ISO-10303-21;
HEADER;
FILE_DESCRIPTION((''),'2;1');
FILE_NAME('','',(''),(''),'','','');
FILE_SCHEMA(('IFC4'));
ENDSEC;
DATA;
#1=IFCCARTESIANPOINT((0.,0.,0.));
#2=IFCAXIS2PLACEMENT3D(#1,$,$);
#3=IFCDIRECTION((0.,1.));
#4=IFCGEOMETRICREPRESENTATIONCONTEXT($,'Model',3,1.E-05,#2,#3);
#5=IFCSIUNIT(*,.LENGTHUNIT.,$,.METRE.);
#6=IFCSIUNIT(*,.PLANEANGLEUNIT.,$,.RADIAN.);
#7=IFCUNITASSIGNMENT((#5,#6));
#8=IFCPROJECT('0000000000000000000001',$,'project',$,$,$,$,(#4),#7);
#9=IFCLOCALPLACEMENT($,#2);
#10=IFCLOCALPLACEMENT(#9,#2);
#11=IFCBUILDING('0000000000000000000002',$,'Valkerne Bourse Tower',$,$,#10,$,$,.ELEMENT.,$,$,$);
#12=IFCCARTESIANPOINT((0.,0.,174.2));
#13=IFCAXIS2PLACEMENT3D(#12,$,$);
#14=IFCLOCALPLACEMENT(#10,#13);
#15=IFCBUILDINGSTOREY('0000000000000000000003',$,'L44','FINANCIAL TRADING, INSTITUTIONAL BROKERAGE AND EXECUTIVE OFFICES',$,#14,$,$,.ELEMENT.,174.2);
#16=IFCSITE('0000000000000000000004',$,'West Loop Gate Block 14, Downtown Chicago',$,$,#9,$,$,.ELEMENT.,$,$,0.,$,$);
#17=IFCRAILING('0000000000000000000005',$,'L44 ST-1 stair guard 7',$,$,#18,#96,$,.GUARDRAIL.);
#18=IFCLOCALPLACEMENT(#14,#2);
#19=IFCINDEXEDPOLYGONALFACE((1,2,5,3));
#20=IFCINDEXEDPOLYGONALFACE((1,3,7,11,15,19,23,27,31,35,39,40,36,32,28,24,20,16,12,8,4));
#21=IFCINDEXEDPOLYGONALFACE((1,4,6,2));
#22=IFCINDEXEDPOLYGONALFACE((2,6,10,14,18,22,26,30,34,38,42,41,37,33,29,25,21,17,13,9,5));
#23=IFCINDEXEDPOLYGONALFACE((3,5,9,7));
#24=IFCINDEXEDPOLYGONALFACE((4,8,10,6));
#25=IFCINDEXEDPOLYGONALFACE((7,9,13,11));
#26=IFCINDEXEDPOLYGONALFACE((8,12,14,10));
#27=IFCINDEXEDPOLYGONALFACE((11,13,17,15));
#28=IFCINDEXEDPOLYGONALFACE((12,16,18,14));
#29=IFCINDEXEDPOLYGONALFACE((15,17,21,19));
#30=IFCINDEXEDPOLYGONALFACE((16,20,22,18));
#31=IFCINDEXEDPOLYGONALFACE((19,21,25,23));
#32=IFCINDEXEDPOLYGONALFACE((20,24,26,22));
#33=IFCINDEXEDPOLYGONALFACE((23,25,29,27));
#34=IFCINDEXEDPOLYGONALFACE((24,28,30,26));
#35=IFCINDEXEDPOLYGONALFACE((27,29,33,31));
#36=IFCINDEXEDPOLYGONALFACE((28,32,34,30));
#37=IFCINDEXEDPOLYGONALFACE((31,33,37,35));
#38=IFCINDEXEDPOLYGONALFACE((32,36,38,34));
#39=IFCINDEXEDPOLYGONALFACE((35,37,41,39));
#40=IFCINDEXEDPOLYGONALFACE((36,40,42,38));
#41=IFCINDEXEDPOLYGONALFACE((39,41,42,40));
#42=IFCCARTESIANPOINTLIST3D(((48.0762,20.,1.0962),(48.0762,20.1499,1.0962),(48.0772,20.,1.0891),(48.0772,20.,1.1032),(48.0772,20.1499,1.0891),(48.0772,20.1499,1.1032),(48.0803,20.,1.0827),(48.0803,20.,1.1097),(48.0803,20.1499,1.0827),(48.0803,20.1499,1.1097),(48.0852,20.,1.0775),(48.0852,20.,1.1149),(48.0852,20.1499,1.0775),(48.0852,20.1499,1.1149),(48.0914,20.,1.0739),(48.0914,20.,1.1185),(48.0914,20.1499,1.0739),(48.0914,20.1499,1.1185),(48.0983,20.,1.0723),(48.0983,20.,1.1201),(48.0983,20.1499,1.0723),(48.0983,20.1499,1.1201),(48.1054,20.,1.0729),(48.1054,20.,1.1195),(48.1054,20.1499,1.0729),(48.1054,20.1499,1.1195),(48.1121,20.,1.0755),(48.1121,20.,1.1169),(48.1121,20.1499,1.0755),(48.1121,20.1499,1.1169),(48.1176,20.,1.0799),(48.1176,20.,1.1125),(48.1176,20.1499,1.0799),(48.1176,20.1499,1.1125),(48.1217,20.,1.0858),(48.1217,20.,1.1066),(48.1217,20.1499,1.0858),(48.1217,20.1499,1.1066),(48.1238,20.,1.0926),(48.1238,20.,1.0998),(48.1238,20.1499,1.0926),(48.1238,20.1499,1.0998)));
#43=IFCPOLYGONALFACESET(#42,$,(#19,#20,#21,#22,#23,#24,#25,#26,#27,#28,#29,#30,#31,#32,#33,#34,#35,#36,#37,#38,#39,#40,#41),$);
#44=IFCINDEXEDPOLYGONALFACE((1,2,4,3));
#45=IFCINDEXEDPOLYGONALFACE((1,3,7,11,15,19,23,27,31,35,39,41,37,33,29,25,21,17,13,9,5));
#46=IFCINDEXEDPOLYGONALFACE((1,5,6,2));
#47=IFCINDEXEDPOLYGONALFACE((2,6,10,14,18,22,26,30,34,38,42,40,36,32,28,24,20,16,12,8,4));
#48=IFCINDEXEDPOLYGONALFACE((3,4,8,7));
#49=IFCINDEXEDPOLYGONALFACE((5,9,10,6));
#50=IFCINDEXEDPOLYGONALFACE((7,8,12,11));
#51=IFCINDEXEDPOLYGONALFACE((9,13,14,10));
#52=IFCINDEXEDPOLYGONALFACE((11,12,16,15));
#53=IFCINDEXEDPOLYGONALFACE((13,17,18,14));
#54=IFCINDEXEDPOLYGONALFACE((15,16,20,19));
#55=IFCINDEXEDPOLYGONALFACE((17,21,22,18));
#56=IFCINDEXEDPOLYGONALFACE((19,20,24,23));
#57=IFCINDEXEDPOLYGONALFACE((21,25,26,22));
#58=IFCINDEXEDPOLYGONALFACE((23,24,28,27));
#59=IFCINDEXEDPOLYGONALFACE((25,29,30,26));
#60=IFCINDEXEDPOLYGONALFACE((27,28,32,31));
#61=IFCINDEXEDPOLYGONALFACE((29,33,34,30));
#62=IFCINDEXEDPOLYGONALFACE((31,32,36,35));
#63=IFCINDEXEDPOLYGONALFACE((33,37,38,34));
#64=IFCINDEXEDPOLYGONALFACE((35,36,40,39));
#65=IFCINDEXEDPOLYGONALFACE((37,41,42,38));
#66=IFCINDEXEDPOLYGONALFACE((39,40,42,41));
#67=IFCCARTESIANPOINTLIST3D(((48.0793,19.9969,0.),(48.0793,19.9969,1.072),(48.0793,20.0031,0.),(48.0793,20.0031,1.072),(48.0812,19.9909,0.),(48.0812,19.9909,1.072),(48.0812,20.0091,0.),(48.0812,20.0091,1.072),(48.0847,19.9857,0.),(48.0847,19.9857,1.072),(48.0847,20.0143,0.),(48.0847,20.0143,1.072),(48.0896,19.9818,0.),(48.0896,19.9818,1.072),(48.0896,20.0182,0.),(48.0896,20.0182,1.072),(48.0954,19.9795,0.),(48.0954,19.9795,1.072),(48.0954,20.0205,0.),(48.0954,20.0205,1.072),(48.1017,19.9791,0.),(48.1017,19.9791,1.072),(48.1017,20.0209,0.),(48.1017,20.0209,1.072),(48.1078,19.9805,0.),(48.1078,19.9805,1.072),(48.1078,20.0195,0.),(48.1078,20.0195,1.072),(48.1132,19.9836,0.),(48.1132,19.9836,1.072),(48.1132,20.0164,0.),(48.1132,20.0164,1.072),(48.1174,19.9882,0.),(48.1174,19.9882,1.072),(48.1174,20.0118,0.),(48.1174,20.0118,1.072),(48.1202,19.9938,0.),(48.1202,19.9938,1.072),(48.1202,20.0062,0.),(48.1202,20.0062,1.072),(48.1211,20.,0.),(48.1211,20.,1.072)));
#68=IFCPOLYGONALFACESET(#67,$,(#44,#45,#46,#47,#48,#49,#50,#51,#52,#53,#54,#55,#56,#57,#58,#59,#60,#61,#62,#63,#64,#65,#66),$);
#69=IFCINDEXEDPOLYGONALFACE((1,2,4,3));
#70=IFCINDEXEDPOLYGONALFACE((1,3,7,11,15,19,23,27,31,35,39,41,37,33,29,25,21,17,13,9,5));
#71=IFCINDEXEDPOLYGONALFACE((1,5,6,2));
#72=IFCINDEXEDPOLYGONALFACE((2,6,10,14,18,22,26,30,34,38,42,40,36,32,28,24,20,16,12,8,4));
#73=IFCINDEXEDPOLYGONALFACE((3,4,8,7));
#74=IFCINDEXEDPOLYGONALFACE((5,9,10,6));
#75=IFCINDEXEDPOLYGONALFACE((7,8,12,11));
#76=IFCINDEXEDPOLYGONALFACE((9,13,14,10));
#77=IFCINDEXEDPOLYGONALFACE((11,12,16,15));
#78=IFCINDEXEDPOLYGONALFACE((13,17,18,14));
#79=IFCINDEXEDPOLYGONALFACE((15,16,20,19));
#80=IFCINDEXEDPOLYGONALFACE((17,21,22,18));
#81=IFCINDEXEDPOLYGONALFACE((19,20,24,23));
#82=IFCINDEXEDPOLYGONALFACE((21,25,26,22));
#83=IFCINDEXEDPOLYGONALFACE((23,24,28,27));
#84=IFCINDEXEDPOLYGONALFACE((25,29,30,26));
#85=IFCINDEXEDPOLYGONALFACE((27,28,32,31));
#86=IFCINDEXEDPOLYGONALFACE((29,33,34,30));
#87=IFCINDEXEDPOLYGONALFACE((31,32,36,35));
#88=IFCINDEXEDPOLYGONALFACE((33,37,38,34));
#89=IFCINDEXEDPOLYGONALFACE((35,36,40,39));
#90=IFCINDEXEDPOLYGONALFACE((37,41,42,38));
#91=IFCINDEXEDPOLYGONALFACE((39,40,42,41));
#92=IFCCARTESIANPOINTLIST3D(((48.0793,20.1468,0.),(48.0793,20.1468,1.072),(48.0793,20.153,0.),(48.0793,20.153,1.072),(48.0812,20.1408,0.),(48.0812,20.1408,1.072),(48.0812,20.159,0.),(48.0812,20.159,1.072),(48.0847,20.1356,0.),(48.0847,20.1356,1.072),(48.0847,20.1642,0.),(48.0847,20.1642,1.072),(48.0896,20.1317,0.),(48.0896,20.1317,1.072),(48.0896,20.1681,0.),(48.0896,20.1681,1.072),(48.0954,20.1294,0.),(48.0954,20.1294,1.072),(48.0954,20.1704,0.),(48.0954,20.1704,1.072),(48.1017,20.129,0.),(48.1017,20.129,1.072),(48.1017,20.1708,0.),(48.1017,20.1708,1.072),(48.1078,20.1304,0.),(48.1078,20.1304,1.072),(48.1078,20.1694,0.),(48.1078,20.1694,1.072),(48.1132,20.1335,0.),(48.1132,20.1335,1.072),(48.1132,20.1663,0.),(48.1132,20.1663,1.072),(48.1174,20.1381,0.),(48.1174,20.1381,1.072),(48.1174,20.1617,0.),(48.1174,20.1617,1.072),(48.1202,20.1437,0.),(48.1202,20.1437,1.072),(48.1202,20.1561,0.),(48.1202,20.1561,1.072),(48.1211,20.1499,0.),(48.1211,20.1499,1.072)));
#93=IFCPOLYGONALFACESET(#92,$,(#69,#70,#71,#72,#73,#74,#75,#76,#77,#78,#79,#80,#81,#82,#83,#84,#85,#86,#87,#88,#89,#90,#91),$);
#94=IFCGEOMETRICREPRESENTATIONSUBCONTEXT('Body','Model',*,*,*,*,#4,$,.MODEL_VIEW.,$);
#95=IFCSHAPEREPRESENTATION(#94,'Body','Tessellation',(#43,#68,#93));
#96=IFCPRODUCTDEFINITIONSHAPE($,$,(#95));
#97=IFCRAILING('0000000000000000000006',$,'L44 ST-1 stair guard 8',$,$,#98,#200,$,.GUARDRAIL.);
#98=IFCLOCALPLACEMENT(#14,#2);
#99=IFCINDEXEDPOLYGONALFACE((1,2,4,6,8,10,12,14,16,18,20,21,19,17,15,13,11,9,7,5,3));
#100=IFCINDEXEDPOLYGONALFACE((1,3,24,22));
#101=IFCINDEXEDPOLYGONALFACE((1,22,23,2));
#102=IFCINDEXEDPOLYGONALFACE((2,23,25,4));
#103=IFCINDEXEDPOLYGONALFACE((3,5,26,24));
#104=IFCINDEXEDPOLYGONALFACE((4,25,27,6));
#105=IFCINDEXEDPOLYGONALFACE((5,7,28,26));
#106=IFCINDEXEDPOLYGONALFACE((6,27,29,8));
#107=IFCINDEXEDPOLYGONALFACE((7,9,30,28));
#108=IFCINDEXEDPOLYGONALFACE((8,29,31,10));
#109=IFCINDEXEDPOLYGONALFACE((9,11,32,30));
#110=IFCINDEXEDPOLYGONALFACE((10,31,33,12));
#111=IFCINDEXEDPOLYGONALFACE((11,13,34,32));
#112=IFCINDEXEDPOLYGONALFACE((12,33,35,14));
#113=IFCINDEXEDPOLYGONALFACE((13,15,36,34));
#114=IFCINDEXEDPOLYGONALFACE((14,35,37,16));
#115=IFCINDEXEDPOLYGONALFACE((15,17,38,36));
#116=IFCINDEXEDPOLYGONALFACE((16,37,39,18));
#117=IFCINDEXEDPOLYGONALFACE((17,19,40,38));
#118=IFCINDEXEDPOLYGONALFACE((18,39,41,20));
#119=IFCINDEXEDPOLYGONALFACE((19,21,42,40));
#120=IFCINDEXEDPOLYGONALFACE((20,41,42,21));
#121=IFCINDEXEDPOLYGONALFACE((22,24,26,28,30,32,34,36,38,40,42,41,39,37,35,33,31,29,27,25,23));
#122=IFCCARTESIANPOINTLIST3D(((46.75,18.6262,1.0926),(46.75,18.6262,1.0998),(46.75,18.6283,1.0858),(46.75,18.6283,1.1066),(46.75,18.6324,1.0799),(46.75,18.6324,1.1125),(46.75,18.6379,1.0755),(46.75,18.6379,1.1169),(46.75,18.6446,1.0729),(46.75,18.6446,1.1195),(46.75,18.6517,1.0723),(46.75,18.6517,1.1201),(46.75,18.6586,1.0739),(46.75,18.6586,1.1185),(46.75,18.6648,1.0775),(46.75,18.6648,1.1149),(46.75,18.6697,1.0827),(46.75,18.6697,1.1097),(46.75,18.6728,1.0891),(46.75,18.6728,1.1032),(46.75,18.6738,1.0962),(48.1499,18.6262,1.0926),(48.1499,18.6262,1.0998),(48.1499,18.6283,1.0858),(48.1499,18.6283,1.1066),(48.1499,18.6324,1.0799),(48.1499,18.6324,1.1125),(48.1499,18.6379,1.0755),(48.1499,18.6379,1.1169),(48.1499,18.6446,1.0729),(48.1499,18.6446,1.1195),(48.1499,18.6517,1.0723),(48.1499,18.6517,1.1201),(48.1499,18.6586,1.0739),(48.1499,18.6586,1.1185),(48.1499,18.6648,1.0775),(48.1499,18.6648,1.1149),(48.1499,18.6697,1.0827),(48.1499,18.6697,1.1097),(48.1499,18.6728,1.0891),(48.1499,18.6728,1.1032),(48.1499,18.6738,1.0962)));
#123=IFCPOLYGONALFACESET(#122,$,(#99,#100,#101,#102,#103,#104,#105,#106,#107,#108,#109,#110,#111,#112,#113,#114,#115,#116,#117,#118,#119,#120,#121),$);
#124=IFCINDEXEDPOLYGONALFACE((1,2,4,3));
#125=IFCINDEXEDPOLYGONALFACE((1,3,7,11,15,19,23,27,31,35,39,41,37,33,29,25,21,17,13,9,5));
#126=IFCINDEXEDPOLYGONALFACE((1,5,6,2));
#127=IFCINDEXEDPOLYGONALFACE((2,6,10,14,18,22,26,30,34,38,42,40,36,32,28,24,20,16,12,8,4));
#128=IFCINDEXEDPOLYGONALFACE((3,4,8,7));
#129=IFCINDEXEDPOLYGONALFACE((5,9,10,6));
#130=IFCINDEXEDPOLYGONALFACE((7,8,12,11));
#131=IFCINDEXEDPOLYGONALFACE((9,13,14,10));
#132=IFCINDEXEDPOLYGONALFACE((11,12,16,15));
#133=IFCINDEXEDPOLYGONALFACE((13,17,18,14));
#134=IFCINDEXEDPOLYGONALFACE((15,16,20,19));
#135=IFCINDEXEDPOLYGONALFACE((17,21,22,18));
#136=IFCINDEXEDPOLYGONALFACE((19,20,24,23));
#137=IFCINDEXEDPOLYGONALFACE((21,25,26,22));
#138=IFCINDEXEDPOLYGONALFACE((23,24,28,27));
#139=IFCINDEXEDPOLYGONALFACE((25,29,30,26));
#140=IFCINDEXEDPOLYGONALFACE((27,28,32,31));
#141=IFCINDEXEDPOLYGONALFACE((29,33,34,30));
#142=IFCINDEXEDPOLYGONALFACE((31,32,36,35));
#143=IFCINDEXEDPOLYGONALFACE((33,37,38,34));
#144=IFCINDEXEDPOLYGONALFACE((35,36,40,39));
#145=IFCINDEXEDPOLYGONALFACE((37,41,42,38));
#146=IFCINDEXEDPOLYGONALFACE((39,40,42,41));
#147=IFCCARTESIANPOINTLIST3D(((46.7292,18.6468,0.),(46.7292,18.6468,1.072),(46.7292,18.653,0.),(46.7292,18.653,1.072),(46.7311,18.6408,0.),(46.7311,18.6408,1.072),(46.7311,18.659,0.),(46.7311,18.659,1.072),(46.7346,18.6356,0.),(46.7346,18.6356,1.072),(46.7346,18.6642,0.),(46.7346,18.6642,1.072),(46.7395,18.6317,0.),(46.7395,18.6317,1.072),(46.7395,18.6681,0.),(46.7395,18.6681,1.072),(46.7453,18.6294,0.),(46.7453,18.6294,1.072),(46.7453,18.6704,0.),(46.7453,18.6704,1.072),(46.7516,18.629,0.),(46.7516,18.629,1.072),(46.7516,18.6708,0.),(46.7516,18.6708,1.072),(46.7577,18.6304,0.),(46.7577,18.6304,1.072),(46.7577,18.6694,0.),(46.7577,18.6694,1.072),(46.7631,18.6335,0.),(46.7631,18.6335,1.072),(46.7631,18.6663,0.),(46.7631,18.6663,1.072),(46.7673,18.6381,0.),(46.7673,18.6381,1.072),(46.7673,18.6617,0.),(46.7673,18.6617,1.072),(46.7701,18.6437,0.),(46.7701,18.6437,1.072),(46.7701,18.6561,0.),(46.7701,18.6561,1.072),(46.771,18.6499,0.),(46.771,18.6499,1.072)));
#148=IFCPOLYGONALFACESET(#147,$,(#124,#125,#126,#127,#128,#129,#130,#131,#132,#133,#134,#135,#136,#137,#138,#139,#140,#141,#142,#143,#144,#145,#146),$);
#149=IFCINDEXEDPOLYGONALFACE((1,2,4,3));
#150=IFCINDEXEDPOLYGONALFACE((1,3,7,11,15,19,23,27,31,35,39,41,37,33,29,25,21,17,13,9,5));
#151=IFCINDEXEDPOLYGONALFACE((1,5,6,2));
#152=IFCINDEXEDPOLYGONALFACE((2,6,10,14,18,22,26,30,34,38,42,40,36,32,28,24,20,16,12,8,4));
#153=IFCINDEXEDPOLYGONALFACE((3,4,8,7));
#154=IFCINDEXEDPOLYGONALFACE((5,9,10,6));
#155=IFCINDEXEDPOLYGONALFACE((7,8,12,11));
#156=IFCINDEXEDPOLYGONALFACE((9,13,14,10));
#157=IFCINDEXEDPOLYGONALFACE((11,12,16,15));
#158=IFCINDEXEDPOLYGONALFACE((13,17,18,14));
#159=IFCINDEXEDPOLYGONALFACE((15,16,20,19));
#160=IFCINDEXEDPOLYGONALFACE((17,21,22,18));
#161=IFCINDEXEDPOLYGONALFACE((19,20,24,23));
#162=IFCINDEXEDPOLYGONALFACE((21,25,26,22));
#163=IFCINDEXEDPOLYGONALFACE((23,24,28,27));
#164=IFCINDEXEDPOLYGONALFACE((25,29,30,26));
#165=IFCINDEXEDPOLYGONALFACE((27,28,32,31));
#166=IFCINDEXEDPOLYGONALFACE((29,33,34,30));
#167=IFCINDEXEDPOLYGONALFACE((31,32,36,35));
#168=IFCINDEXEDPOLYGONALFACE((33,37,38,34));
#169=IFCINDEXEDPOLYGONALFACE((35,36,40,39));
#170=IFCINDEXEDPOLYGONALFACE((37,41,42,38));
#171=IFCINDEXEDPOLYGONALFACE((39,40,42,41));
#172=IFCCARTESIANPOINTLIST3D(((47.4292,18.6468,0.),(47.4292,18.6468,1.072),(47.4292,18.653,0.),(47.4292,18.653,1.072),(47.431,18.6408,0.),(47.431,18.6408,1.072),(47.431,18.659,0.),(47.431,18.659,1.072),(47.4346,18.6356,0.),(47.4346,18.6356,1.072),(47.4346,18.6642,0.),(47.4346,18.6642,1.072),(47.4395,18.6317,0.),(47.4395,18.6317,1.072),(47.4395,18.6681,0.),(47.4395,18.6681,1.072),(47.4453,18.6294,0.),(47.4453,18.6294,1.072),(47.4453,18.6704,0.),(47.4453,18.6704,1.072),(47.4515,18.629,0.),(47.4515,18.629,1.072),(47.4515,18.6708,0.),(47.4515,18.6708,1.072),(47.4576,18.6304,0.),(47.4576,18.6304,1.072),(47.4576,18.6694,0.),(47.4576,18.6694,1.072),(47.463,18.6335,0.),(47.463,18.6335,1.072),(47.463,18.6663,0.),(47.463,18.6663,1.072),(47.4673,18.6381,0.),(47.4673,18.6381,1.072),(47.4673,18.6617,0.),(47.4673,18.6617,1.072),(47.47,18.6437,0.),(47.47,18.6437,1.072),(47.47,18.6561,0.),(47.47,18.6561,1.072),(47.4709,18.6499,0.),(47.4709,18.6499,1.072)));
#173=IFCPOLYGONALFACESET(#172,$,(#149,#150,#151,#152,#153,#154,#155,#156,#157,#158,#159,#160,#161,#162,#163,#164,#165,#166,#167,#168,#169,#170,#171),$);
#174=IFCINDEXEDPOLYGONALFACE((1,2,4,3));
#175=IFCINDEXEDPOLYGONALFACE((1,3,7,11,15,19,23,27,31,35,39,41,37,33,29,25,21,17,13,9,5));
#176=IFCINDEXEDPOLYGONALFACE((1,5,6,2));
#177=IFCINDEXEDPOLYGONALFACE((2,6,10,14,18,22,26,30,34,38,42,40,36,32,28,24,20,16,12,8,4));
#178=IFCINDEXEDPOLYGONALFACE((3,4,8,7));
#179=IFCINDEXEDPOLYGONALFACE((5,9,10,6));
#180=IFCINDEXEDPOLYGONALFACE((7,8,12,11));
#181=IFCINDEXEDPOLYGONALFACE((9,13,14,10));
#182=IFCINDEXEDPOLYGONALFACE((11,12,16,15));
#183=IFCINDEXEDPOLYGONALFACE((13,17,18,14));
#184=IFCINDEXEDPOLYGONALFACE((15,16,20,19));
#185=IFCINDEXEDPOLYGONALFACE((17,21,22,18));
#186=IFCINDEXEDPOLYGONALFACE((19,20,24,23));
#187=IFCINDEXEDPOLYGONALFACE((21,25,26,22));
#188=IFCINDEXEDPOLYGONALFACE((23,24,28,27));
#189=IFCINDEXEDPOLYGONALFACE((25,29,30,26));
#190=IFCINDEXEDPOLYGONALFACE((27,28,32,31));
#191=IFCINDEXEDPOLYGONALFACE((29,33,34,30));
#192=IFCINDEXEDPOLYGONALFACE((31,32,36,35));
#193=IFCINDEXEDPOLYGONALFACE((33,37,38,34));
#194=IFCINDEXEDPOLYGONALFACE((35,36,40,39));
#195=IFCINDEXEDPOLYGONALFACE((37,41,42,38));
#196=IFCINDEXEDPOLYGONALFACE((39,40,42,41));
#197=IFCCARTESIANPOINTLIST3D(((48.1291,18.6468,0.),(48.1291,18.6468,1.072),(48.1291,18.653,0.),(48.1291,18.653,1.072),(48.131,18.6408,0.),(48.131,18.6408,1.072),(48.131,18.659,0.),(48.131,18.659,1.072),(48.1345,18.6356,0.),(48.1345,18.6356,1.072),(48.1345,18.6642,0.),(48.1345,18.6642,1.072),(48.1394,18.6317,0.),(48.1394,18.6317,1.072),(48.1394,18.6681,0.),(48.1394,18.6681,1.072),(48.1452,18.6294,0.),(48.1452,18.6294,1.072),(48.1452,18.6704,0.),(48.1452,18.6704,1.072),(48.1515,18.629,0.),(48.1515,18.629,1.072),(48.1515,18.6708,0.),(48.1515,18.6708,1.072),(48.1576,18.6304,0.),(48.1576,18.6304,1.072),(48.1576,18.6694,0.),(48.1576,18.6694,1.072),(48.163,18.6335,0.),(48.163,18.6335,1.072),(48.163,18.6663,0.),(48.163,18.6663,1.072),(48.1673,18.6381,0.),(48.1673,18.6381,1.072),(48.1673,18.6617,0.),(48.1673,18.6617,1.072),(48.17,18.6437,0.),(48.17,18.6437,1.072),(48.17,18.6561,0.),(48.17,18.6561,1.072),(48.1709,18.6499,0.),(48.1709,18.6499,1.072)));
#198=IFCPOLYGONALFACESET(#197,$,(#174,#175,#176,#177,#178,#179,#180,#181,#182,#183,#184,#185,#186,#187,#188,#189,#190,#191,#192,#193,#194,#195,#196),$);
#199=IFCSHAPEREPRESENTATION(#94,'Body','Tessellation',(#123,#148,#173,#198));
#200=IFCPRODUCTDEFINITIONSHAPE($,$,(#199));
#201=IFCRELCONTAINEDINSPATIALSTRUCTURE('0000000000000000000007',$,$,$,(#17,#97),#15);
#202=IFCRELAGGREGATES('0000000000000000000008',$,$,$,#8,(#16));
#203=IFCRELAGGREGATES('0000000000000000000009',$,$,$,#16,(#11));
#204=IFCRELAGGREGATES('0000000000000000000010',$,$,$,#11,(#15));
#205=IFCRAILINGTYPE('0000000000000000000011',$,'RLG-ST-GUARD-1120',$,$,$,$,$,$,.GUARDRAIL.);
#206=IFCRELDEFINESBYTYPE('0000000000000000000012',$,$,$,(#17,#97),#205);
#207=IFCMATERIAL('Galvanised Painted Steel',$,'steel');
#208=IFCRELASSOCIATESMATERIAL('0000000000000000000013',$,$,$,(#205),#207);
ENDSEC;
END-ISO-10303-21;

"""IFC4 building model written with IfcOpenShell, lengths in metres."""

from ifc_helpers import new_model, si_unit, direction, frame, origin, origin_2d, place, context, subcontext, project, spatial, circle, extrude, material, type_object, element, save


model = new_model("IFC4")

# Units and contexts
model_context = context("Model", 3, precision=1e-05, world=origin(), true_north=direction((0.0, 1.0)))
body_context = subcontext(model_context, "Body", "Model", "MODEL_VIEW")
ifc_project = project(units=[si_unit("LENGTHUNIT", "METRE"), si_unit("PLANEANGLEUNIT", "RADIAN")], contexts=[model_context])

# Site, building, storey
site_placement = place(None, origin())
site = spatial("IfcSite", under=ifc_project, at=site_placement, Name="West Loop Gate Block 14, Downtown Chicago", CompositionType="ELEMENT", RefElevation=0.0)
building_placement = place(site_placement, origin())
building = spatial("IfcBuilding", under=site, at=building_placement, Name="Valkerne Bourse Tower", CompositionType="ELEMENT")
storey_placement = place(building_placement, frame((0.0, 0.0, 174.2)))
storey = spatial("IfcBuildingStorey", under=building, at=storey_placement, Name="L44", Description="FINANCIAL TRADING, INSTITUTIONAL BROKERAGE AND EXECUTIVE OFFICES", CompositionType="ELEMENT", Elevation=174.2)

# Shared definitions
ifc_material_1 = material(Name="Galvanised Painted Steel", Category="steel")

# Railings
railing_type_1 = type_object("IfcRailingType", Name="RLG-ST-GUARD-1120", PredefinedType="GUARDRAIL", material=ifc_material_1)
railing_1_placement = place(storey_placement, frame((48.1001, 20.0, 0.0)))
element("IfcRailing", 1, at=railing_1_placement, inside=storey, type_object=railing_type_1, Name="L44 ST-1 stair guard 7", PredefinedType="GUARDRAIL", context=body_context, shape_type="SweptSolid", body=[
    extrude(circle(Radius=0.0239, at=origin_2d()), frame((0.0, 0.0, 1.0962), z_axis=(0.0, 1.0, 0.0), x_axis=(-1.0, 0.0, 0.0)), (0.0, 0.0, 1.0), 0.1499),
    extrude(circle(Radius=0.021, at=origin_2d()), origin(), (0.0, 0.0, 1.0), 1.072),
    extrude(circle(Radius=0.021, at=origin_2d()), frame((0.0, 0.1499, 0.0)), (0.0, 0.0, 1.0), 1.072),
])
for number, where, name in (
    (2, (46.75, 18.6499, 0.0), "L44 ST-1 stair guard 8"),
):
    element("IfcRailing", number, at=place(storey_placement, frame(where)), inside=storey, type_object=railing_type_1, Name=name, PredefinedType="GUARDRAIL", context=body_context, shape_type="SweptSolid", body=[
        extrude(circle(Radius=0.0239, at=origin_2d()), frame((0.0, 0.0, 1.0962), z_axis=(1.0, 0.0, 0.0), x_axis=(0.0, 1.0, 0.0)), (0.0, 0.0, 1.0), 1.3999),
        extrude(circle(Radius=0.021, at=origin_2d()), origin(), (0.0, 0.0, 1.0), 1.072),
        extrude(circle(Radius=0.021, at=origin_2d()), frame((0.7, 0.0, 0.0)), (0.0, 0.0, 1.0), 1.072),
        extrude(circle(Radius=0.021, at=origin_2d()), frame((1.3999, 0.0, 0.0)), (0.0, 0.0, 1.0), 1.072),
    ])

save(model, "model.ifc")
